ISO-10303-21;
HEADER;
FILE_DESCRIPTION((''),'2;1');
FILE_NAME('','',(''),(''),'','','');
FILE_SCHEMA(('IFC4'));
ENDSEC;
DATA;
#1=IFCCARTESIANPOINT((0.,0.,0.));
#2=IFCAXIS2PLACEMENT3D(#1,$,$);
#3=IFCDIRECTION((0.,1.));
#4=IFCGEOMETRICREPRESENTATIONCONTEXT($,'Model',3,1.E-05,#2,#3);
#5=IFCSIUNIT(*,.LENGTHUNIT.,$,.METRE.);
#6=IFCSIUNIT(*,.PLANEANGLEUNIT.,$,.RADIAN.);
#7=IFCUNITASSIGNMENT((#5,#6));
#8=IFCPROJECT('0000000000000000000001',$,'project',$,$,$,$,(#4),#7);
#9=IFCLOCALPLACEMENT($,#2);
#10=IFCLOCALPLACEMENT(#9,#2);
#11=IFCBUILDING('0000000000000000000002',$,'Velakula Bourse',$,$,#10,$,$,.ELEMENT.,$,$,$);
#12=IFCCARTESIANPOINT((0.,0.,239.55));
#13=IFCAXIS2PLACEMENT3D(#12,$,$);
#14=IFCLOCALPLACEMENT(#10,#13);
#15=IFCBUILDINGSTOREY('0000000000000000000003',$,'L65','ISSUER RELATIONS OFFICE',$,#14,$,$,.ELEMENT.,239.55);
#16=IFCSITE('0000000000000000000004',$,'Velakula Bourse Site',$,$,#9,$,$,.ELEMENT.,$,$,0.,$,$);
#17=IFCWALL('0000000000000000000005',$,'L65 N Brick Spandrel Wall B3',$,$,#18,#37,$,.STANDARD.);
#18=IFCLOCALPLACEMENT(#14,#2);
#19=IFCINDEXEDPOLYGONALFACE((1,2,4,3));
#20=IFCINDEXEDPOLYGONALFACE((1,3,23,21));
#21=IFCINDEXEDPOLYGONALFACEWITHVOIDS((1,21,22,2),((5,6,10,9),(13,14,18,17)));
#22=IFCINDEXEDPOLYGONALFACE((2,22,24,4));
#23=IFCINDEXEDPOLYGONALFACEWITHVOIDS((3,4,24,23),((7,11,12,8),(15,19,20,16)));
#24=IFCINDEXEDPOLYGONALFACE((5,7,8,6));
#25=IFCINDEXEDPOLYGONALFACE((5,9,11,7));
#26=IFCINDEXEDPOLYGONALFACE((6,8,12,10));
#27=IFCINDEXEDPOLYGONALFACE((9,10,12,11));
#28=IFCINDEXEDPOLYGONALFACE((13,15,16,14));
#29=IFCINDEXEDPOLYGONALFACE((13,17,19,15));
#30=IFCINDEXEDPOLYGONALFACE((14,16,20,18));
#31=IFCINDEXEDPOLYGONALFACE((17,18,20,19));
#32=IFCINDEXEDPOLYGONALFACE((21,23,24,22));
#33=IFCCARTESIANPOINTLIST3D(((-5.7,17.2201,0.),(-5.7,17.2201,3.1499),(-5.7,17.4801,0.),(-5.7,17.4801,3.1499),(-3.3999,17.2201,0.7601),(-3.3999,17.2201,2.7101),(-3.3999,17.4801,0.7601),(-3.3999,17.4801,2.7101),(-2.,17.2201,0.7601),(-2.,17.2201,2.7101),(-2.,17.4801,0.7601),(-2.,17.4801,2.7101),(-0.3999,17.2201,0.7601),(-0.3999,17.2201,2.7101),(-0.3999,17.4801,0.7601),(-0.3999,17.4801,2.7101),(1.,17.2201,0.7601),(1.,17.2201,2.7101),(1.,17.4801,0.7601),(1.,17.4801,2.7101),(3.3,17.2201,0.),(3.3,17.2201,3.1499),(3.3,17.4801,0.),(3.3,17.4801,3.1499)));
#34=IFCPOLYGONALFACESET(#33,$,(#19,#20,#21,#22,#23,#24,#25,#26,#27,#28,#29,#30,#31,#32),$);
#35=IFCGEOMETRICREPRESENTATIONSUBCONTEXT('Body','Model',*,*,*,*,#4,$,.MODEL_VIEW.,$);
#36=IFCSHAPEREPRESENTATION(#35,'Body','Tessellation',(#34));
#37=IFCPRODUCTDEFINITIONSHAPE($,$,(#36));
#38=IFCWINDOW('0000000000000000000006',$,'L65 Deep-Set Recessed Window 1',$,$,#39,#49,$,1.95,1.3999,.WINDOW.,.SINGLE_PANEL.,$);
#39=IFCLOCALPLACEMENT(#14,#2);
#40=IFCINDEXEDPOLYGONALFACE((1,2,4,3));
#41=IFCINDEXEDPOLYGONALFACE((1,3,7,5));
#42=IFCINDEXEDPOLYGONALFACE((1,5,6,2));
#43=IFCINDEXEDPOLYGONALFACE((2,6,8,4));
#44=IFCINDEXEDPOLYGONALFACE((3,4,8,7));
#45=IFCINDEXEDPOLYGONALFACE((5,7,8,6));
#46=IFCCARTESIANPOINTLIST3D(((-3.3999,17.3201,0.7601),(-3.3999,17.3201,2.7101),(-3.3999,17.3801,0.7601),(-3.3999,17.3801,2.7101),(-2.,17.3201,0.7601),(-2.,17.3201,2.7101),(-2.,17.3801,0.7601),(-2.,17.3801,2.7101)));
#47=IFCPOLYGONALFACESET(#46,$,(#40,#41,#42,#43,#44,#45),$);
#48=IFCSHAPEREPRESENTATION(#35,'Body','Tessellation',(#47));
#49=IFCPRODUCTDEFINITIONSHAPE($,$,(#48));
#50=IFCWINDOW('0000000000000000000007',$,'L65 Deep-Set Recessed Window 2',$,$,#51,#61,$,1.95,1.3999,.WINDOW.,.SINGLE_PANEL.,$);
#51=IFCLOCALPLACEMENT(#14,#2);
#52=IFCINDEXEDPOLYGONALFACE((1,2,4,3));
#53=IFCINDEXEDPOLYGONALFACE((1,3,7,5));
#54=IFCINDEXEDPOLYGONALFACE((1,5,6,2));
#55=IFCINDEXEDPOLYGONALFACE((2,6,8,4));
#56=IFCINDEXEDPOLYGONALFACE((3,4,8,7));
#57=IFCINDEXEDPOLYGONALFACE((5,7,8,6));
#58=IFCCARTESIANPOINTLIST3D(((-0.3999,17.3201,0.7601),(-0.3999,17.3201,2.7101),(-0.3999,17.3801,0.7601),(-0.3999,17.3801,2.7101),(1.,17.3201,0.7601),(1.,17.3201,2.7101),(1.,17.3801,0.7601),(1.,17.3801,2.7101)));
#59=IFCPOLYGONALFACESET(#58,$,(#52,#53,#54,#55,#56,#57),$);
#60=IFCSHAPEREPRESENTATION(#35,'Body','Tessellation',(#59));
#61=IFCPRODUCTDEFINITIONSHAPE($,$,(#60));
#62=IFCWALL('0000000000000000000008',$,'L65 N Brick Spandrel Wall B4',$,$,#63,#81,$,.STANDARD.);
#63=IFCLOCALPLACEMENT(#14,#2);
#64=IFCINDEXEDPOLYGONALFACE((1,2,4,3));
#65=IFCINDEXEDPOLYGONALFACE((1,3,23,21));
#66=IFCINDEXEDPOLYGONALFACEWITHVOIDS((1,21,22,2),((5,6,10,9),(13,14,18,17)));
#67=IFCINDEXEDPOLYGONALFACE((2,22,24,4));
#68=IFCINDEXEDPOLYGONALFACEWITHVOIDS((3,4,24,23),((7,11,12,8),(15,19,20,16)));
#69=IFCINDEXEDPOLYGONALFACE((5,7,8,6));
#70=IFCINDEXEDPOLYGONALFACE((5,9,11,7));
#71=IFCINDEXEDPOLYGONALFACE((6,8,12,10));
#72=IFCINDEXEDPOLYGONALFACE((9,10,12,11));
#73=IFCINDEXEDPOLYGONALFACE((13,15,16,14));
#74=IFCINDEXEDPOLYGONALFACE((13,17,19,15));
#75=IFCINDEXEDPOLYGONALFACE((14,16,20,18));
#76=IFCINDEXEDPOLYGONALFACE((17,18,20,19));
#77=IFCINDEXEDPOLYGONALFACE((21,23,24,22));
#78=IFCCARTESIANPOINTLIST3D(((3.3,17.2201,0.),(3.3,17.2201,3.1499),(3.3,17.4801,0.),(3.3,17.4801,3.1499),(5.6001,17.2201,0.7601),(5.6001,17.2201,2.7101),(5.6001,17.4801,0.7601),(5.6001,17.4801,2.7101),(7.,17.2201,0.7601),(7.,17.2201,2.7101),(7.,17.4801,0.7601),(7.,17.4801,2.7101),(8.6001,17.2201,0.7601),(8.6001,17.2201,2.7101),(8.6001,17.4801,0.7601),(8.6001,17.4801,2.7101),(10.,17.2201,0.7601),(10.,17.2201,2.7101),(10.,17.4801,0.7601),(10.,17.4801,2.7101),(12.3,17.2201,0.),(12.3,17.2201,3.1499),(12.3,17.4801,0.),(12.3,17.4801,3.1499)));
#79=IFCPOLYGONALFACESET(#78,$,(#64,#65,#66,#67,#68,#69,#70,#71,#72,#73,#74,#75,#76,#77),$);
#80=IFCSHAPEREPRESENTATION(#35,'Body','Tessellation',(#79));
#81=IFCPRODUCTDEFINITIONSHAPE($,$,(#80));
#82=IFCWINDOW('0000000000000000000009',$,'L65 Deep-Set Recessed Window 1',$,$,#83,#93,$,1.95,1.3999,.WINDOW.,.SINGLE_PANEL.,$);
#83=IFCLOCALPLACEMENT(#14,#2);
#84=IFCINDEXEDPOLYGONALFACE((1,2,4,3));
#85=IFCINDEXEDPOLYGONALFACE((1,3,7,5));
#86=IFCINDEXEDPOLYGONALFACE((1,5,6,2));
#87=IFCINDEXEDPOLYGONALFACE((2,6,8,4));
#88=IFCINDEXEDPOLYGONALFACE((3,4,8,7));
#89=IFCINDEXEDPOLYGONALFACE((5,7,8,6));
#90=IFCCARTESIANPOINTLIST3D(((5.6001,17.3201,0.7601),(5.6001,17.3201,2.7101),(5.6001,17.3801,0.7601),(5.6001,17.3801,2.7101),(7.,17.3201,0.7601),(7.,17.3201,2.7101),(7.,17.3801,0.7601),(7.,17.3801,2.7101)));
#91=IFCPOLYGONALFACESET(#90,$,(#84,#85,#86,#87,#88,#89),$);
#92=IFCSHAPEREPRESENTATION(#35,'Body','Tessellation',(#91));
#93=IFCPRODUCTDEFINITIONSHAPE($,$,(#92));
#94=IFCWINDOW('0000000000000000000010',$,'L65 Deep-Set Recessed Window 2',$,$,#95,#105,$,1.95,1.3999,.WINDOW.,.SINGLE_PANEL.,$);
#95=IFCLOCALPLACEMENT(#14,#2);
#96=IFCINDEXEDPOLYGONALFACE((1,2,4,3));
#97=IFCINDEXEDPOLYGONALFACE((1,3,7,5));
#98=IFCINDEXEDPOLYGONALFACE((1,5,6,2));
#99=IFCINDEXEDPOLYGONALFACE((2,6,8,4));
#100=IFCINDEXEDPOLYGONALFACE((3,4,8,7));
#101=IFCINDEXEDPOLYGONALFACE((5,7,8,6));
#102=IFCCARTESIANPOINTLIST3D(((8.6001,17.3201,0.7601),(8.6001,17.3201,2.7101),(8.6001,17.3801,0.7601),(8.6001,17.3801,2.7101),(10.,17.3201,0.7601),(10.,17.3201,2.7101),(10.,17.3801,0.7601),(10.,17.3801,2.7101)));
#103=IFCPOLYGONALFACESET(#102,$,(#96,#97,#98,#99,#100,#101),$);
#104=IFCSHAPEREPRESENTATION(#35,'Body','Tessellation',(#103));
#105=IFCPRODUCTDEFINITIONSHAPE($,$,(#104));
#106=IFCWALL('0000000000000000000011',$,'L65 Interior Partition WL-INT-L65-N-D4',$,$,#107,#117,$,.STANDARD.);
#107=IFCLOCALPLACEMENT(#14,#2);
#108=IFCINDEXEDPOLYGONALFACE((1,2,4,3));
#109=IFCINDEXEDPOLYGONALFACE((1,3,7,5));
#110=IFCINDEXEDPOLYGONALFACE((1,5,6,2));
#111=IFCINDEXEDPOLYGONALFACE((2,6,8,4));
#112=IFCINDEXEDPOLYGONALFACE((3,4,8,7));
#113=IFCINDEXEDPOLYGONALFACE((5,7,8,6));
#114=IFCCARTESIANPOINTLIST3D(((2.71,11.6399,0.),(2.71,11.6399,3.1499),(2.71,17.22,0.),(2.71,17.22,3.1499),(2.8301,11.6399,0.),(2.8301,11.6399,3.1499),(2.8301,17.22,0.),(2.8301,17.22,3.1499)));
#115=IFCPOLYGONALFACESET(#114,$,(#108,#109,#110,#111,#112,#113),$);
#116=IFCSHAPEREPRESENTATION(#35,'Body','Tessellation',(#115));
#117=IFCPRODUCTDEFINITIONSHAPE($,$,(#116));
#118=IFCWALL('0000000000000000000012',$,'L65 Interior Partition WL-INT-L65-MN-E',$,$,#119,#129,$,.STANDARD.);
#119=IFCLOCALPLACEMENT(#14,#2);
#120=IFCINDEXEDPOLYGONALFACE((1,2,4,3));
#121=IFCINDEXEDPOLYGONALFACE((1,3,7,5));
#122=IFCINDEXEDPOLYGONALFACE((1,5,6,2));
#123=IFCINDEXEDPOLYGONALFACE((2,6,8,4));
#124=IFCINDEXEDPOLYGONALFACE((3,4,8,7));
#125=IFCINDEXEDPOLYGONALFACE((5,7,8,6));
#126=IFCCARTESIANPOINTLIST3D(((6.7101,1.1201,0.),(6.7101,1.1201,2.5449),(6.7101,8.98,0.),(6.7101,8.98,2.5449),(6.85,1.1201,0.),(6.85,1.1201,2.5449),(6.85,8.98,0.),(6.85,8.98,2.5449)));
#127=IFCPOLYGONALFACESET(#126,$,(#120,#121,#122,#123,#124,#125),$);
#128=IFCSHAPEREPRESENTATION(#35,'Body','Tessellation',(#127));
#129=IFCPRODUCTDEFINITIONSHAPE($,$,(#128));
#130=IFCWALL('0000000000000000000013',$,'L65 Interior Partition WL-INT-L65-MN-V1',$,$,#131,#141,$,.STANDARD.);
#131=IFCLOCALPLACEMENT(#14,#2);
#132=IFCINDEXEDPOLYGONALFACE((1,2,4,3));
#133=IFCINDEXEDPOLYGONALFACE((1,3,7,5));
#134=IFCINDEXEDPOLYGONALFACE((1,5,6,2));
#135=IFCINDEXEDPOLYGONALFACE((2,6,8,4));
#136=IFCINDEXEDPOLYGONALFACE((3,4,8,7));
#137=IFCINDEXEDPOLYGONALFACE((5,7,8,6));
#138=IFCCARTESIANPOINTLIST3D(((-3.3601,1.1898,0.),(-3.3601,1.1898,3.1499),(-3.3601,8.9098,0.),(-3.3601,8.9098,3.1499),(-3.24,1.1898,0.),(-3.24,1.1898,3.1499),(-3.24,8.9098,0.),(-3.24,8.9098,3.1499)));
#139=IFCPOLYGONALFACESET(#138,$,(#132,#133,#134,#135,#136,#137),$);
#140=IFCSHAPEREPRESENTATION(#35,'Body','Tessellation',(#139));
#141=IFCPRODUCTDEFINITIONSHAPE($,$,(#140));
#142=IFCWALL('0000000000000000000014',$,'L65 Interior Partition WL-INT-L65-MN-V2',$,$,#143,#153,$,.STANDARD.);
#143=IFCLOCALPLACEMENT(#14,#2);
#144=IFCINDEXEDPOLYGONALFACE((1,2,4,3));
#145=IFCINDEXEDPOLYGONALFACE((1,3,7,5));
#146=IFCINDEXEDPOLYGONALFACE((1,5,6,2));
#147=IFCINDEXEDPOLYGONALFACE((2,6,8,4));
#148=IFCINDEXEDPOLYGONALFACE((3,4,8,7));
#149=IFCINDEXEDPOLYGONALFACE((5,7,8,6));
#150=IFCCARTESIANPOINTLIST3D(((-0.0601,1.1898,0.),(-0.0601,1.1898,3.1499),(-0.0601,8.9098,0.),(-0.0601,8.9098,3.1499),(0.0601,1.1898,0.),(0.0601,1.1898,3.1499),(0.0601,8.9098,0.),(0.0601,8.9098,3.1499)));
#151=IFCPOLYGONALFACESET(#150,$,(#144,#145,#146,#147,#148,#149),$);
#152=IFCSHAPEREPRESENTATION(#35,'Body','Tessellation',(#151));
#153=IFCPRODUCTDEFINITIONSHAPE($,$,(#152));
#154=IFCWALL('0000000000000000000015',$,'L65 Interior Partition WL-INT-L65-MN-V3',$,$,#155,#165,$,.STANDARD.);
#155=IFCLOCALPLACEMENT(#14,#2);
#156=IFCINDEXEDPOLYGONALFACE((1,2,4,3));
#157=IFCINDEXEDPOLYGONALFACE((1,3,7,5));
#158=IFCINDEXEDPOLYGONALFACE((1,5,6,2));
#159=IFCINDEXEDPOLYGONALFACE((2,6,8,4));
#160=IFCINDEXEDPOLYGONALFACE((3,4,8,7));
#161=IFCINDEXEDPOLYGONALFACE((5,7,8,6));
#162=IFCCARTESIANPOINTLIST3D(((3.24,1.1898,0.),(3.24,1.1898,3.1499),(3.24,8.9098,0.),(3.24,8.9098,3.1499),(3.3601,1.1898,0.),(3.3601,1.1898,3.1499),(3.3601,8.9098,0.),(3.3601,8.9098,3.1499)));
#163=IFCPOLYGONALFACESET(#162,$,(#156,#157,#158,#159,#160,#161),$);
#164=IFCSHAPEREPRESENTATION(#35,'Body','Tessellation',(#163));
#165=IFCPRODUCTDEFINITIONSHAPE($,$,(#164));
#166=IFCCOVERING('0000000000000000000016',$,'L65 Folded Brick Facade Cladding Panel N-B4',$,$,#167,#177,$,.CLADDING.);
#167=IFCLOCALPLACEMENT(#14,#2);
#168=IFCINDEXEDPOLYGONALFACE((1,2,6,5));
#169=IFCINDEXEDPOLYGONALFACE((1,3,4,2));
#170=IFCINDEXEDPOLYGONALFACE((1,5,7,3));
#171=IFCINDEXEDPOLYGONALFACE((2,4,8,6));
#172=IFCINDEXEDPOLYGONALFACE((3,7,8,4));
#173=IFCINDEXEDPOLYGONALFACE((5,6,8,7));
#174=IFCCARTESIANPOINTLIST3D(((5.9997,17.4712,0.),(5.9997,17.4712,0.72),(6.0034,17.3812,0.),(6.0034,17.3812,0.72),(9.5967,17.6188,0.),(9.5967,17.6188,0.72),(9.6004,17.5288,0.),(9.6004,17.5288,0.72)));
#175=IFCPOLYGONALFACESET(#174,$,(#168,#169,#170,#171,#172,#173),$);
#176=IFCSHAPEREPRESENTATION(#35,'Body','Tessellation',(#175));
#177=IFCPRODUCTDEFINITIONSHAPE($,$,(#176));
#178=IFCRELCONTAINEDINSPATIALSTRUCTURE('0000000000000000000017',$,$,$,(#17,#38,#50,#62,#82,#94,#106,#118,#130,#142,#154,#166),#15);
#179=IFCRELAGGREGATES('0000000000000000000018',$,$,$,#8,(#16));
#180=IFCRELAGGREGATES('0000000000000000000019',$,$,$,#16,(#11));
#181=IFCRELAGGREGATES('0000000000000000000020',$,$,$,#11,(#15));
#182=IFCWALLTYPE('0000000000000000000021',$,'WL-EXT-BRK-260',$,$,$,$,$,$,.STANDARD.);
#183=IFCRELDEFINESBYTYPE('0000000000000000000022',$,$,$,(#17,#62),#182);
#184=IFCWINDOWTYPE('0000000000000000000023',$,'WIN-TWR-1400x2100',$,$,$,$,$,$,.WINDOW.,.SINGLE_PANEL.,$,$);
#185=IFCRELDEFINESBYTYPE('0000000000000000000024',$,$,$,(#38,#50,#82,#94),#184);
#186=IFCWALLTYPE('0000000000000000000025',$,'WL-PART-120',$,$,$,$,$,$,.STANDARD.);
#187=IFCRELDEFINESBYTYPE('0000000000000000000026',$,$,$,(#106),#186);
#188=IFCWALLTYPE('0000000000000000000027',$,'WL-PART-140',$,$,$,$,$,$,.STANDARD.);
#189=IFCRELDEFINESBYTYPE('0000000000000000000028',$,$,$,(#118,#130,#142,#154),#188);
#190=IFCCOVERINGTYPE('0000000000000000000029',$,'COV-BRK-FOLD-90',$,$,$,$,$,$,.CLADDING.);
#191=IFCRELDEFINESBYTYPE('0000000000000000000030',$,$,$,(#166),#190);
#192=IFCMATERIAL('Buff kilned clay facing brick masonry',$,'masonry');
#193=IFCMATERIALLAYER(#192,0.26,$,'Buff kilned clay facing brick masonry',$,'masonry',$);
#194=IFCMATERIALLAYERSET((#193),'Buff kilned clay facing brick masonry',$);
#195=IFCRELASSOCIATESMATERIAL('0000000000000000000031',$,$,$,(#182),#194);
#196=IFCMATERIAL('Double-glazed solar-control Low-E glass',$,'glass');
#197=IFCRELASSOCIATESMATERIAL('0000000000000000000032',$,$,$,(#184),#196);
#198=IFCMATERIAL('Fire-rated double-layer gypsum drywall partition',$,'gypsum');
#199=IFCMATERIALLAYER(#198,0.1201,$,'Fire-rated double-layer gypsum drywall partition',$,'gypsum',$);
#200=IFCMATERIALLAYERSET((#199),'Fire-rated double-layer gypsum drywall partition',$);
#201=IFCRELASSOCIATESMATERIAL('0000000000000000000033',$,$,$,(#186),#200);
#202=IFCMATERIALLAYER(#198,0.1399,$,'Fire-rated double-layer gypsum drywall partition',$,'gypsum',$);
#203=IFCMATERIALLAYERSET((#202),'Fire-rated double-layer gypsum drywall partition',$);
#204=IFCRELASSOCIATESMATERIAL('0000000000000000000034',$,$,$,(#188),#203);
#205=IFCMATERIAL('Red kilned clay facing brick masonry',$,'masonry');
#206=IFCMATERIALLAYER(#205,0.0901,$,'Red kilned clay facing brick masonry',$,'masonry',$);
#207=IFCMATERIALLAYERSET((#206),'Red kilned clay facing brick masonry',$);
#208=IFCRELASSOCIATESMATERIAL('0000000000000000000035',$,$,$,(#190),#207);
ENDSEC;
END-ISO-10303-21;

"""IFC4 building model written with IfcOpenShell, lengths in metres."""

from ifc_helpers import new_model, si_unit, direction, frame, frame_2d, origin, origin_2d, place, context, subcontext, project, spatial, rectangle, extrude, material, layer, layer_set, type_object, element, fill, save


model = new_model("IFC4")

# Units and contexts
model_context = context("Model", 3, precision=1e-05, world=origin(), true_north=direction((0.0, 1.0)))
body_context = subcontext(model_context, "Body", "Model", "MODEL_VIEW")
ifc_project = project(units=[si_unit("LENGTHUNIT", "METRE"), si_unit("PLANEANGLEUNIT", "RADIAN")], contexts=[model_context])

# Site, building, storey
site_placement = place(None, origin())
site = spatial("IfcSite", under=ifc_project, at=site_placement, Name="Velakula Bourse Site", CompositionType="ELEMENT", RefElevation=0.0)
building_placement = place(site_placement, origin())
building = spatial("IfcBuilding", under=site, at=building_placement, Name="Velakula Bourse", CompositionType="ELEMENT")
storey_placement = place(building_placement, frame((0.0, 0.0, 239.55)))
storey = spatial("IfcBuildingStorey", under=building, at=storey_placement, Name="L65", Description="ISSUER RELATIONS OFFICE", CompositionType="ELEMENT", Elevation=239.55)

# Walls, openings, windows
ifc_material_1 = material(Name="Buff kilned clay facing brick masonry", Category="masonry")
ifc_layer_1 = layer(ifc_material_1, 0.26, Name="Buff kilned clay facing brick masonry", Category="masonry")
ifc_layer_set_1 = layer_set([ifc_layer_1], Name="Buff kilned clay facing brick masonry")
wall_type_1 = type_object("IfcWallType", Name="WL-EXT-BRK-260", PredefinedType="STANDARD", material=ifc_layer_set_1)
wall_1_placement = place(storey_placement, frame((-5.7, 17.3501, 0.0), z_axis=(0.0, 0.0, 1.0), x_axis=(1.0, 0.0, 0.0)))
wall_1 = element("IfcWall", 1, at=wall_1_placement, inside=storey, type_object=wall_type_1, Name="L65 N Brick Spandrel Wall B3", PredefinedType="STANDARD", context=body_context, shape_type="SweptSolid", body=[
    extrude(rectangle(XDim=9.0, YDim=0.26, at=frame_2d((4.5, 0.0))), origin(), (0.0, 0.0, 1.0), 3.1499),
])
opening_1_placement = place(wall_1_placement, frame((2.3, 0.0, 0.76)))
opening_1 = element("IfcOpeningElement", 2, at=opening_1_placement, cuts=wall_1, PredefinedType="OPENING", context=body_context, shape_type="SweptSolid", body=[
    extrude(rectangle(XDim=1.3999, YDim=1.95, at=frame_2d((0.7, 0.9751))), frame((0.0, 0.1399, 0.0), z_axis=(0.0, -1.0, 0.0), x_axis=(1.0, 0.0, 0.0)), (0.0, 0.0, 1.0), 0.28),
])
opening_2_placement = place(wall_1_placement, frame((5.3, 0.0, 0.76)))
opening_2 = element("IfcOpeningElement", 3, at=opening_2_placement, cuts=wall_1, PredefinedType="OPENING", context=body_context, shape_type="SweptSolid", body=[
    extrude(rectangle(XDim=1.3999, YDim=1.95, at=frame_2d((0.7, 0.9751))), frame((0.0, 0.1399, 0.0), z_axis=(0.0, -1.0, 0.0), x_axis=(1.0, 0.0, 0.0)), (0.0, 0.0, 1.0), 0.28),
])
ifc_material_2 = material(Name="Double-glazed solar-control Low-E glass", Category="glass")
window_type = type_object("IfcWindowType", Name="WIN-TWR-1400x2100", PartitioningType="SINGLE_PANEL", PredefinedType="WINDOW", material=ifc_material_2)
window_1_placement = place(opening_1_placement, origin())
window_1 = element("IfcWindow", 4, at=window_1_placement, inside=storey, type_object=window_type, Name="L65 Deep-Set Recessed Window 1", OverallHeight=1.95, OverallWidth=1.3999, PartitioningType="SINGLE_PANEL", PredefinedType="WINDOW", context=body_context, shape_type="SweptSolid", body=[
    extrude(rectangle(XDim=1.3999, YDim=1.95, at=frame_2d((0.7, 0.9751))), frame((0.0, 0.03, 0.0), z_axis=(0.0, -1.0, 0.0), x_axis=(1.0, 0.0, 0.0)), (0.0, 0.0, 1.0), 0.0601),
])
fill(opening_1, window_1)
window_2_placement = place(opening_2_placement, origin())
window_2 = element("IfcWindow", 5, at=window_2_placement, inside=storey, type_object=window_type, Name="L65 Deep-Set Recessed Window 2", OverallHeight=1.95, OverallWidth=1.3999, PartitioningType="SINGLE_PANEL", PredefinedType="WINDOW", context=body_context, shape_type="SweptSolid", body=[
    extrude(rectangle(XDim=1.3999, YDim=1.95, at=frame_2d((0.7, 0.9751))), frame((0.0, 0.03, 0.0), z_axis=(0.0, -1.0, 0.0), x_axis=(1.0, 0.0, 0.0)), (0.0, 0.0, 1.0), 0.0601),
])
fill(opening_2, window_2)
wall_2_placement = place(storey_placement, frame((3.3, 17.3501, 0.0), z_axis=(0.0, 0.0, 1.0), x_axis=(1.0, 0.0, 0.0)))
wall_2 = element("IfcWall", 6, at=wall_2_placement, inside=storey, type_object=wall_type_1, Name="L65 N Brick Spandrel Wall B4", PredefinedType="STANDARD", context=body_context, shape_type="SweptSolid", body=[
    extrude(rectangle(XDim=9.0, YDim=0.26, at=frame_2d((4.5, 0.0))), origin(), (0.0, 0.0, 1.0), 3.1499),
])
opening_3_placement = place(wall_2_placement, frame((2.3, 0.0, 0.76)))
opening_3 = element("IfcOpeningElement", 7, at=opening_3_placement, cuts=wall_2, PredefinedType="OPENING", context=body_context, shape_type="SweptSolid", body=[
    extrude(rectangle(XDim=1.3999, YDim=1.95, at=frame_2d((0.7, 0.9751))), frame((0.0, 0.1399, 0.0), z_axis=(0.0, -1.0, 0.0), x_axis=(1.0, 0.0, 0.0)), (0.0, 0.0, 1.0), 0.28),
])
opening_4_placement = place(wall_2_placement, frame((5.3, 0.0, 0.76)))
opening_4 = element("IfcOpeningElement", 8, at=opening_4_placement, cuts=wall_2, PredefinedType="OPENING", context=body_context, shape_type="SweptSolid", body=[
    extrude(rectangle(XDim=1.3999, YDim=1.95, at=frame_2d((0.7, 0.9751))), frame((0.0, 0.1399, 0.0), z_axis=(0.0, -1.0, 0.0), x_axis=(1.0, 0.0, 0.0)), (0.0, 0.0, 1.0), 0.28),
])
window_3_placement = place(opening_3_placement, origin())
window_3 = element("IfcWindow", 9, at=window_3_placement, inside=storey, type_object=window_type, Name="L65 Deep-Set Recessed Window 1", OverallHeight=1.95, OverallWidth=1.3999, PartitioningType="SINGLE_PANEL", PredefinedType="WINDOW", context=body_context, shape_type="SweptSolid", body=[
    extrude(rectangle(XDim=1.3999, YDim=1.95, at=frame_2d((0.7, 0.9751))), frame((0.0, 0.03, 0.0), z_axis=(0.0, -1.0, 0.0), x_axis=(1.0, 0.0, 0.0)), (0.0, 0.0, 1.0), 0.0601),
])
fill(opening_3, window_3)
window_4_placement = place(opening_4_placement, origin())
window_4 = element("IfcWindow", 10, at=window_4_placement, inside=storey, type_object=window_type, Name="L65 Deep-Set Recessed Window 2", OverallHeight=1.95, OverallWidth=1.3999, PartitioningType="SINGLE_PANEL", PredefinedType="WINDOW", context=body_context, shape_type="SweptSolid", body=[
    extrude(rectangle(XDim=1.3999, YDim=1.95, at=frame_2d((0.7, 0.9751))), frame((0.0, 0.03, 0.0), z_axis=(0.0, -1.0, 0.0), x_axis=(1.0, 0.0, 0.0)), (0.0, 0.0, 1.0), 0.0601),
])
fill(opening_4, window_4)

# Walls
ifc_material_3 = material(Name="Fire-rated double-layer gypsum drywall partition", Category="gypsum")
ifc_layer_2 = layer(ifc_material_3, 0.1201, Name="Fire-rated double-layer gypsum drywall partition", Category="gypsum")
ifc_layer_set_2 = layer_set([ifc_layer_2], Name="Fire-rated double-layer gypsum drywall partition")
wall_type_2 = type_object("IfcWallType", Name="WL-PART-120", PredefinedType="STANDARD", material=ifc_layer_set_2)
wall_3_placement = place(storey_placement, frame((2.77, 11.6399, 0.0), z_axis=(0.0, 0.0, 1.0), x_axis=(0.0, 1.0, 0.0)))
element("IfcWall", 11, at=wall_3_placement, inside=storey, type_object=wall_type_2, Name="L65 Interior Partition WL-INT-L65-N-D4", PredefinedType="STANDARD", context=body_context, shape_type="SweptSolid", body=[
    extrude(rectangle(XDim=5.5801, YDim=0.1201, at=frame_2d((2.79, 0.0))), origin(), (0.0, 0.0, 1.0), 3.1499),
])
ifc_layer_3 = layer(ifc_material_3, 0.1399, Name="Fire-rated double-layer gypsum drywall partition", Category="gypsum")
ifc_layer_set_3 = layer_set([ifc_layer_3], Name="Fire-rated double-layer gypsum drywall partition")
wall_type_3 = type_object("IfcWallType", Name="WL-PART-140", PredefinedType="STANDARD", material=ifc_layer_set_3)
wall_4_placement = place(storey_placement, frame((6.78, 1.1201, 0.0), z_axis=(0.0, 0.0, 1.0), x_axis=(0.0, 1.0, 0.0)))
element("IfcWall", 12, at=wall_4_placement, inside=storey, type_object=wall_type_3, Name="L65 Interior Partition WL-INT-L65-MN-E", PredefinedType="STANDARD", context=body_context, shape_type="SweptSolid", body=[
    extrude(rectangle(XDim=7.8599, YDim=0.1399, at=frame_2d((3.9299, 0.0))), origin(), (0.0, 0.0, 1.0), 2.5449),
])
for number, where, z_axis, x_axis, name in (
    (13, (-3.3, 1.1899, 0.0), (0.0, 0.0, 1.0), (0.0, 1.0, 0.0), "L65 Interior Partition WL-INT-L65-MN-V1"),
    (14, (0.0, 1.1899, 0.0), (0.0, 0.0, 1.0), (0.0, 1.0, 0.0), "L65 Interior Partition WL-INT-L65-MN-V2"),
    (15, (3.3, 1.1899, 0.0), (0.0, 0.0, 1.0), (0.0, 1.0, 0.0), "L65 Interior Partition WL-INT-L65-MN-V3"),
):
    element("IfcWall", number, at=place(storey_placement, frame(where, z_axis=z_axis, x_axis=x_axis)), inside=storey, type_object=wall_type_3, Name=name, PredefinedType="STANDARD", context=body_context, shape_type="SweptSolid", body=[
        extrude(rectangle(XDim=7.72, YDim=0.1201, at=frame_2d((3.8599, 0.0))), origin(), (0.0, 0.0, 1.0), 3.1499),
    ])

# Covering
ifc_material_4 = material(Name="Red kilned clay facing brick masonry", Category="masonry")
ifc_layer_4 = layer(ifc_material_4, 0.0901, Name="Red kilned clay facing brick masonry", Category="masonry")
ifc_layer_set_4 = layer_set([ifc_layer_4], Name="Red kilned clay facing brick masonry")
covering_type = type_object("IfcCoveringType", Name="COV-BRK-FOLD-90", PredefinedType="CLADDING", material=ifc_layer_set_4)
covering_placement = place(storey_placement, frame((7.8, 17.5, 0.0), z_axis=(0.0, 0.0, 1.0), x_axis=(0.999159, 0.041004, 0.0)))
element("IfcCovering", 16, at=covering_placement, inside=storey, type_object=covering_type, Name="L65 Folded Brick Facade Cladding Panel N-B4", PredefinedType="CLADDING", context=body_context, shape_type="SweptSolid", body=[
    extrude(rectangle(XDim=3.6001, YDim=0.0901, at=origin_2d()), origin(), (0.0, 0.0, 1.0), 0.72),
])

save(model, "model.ifc")
